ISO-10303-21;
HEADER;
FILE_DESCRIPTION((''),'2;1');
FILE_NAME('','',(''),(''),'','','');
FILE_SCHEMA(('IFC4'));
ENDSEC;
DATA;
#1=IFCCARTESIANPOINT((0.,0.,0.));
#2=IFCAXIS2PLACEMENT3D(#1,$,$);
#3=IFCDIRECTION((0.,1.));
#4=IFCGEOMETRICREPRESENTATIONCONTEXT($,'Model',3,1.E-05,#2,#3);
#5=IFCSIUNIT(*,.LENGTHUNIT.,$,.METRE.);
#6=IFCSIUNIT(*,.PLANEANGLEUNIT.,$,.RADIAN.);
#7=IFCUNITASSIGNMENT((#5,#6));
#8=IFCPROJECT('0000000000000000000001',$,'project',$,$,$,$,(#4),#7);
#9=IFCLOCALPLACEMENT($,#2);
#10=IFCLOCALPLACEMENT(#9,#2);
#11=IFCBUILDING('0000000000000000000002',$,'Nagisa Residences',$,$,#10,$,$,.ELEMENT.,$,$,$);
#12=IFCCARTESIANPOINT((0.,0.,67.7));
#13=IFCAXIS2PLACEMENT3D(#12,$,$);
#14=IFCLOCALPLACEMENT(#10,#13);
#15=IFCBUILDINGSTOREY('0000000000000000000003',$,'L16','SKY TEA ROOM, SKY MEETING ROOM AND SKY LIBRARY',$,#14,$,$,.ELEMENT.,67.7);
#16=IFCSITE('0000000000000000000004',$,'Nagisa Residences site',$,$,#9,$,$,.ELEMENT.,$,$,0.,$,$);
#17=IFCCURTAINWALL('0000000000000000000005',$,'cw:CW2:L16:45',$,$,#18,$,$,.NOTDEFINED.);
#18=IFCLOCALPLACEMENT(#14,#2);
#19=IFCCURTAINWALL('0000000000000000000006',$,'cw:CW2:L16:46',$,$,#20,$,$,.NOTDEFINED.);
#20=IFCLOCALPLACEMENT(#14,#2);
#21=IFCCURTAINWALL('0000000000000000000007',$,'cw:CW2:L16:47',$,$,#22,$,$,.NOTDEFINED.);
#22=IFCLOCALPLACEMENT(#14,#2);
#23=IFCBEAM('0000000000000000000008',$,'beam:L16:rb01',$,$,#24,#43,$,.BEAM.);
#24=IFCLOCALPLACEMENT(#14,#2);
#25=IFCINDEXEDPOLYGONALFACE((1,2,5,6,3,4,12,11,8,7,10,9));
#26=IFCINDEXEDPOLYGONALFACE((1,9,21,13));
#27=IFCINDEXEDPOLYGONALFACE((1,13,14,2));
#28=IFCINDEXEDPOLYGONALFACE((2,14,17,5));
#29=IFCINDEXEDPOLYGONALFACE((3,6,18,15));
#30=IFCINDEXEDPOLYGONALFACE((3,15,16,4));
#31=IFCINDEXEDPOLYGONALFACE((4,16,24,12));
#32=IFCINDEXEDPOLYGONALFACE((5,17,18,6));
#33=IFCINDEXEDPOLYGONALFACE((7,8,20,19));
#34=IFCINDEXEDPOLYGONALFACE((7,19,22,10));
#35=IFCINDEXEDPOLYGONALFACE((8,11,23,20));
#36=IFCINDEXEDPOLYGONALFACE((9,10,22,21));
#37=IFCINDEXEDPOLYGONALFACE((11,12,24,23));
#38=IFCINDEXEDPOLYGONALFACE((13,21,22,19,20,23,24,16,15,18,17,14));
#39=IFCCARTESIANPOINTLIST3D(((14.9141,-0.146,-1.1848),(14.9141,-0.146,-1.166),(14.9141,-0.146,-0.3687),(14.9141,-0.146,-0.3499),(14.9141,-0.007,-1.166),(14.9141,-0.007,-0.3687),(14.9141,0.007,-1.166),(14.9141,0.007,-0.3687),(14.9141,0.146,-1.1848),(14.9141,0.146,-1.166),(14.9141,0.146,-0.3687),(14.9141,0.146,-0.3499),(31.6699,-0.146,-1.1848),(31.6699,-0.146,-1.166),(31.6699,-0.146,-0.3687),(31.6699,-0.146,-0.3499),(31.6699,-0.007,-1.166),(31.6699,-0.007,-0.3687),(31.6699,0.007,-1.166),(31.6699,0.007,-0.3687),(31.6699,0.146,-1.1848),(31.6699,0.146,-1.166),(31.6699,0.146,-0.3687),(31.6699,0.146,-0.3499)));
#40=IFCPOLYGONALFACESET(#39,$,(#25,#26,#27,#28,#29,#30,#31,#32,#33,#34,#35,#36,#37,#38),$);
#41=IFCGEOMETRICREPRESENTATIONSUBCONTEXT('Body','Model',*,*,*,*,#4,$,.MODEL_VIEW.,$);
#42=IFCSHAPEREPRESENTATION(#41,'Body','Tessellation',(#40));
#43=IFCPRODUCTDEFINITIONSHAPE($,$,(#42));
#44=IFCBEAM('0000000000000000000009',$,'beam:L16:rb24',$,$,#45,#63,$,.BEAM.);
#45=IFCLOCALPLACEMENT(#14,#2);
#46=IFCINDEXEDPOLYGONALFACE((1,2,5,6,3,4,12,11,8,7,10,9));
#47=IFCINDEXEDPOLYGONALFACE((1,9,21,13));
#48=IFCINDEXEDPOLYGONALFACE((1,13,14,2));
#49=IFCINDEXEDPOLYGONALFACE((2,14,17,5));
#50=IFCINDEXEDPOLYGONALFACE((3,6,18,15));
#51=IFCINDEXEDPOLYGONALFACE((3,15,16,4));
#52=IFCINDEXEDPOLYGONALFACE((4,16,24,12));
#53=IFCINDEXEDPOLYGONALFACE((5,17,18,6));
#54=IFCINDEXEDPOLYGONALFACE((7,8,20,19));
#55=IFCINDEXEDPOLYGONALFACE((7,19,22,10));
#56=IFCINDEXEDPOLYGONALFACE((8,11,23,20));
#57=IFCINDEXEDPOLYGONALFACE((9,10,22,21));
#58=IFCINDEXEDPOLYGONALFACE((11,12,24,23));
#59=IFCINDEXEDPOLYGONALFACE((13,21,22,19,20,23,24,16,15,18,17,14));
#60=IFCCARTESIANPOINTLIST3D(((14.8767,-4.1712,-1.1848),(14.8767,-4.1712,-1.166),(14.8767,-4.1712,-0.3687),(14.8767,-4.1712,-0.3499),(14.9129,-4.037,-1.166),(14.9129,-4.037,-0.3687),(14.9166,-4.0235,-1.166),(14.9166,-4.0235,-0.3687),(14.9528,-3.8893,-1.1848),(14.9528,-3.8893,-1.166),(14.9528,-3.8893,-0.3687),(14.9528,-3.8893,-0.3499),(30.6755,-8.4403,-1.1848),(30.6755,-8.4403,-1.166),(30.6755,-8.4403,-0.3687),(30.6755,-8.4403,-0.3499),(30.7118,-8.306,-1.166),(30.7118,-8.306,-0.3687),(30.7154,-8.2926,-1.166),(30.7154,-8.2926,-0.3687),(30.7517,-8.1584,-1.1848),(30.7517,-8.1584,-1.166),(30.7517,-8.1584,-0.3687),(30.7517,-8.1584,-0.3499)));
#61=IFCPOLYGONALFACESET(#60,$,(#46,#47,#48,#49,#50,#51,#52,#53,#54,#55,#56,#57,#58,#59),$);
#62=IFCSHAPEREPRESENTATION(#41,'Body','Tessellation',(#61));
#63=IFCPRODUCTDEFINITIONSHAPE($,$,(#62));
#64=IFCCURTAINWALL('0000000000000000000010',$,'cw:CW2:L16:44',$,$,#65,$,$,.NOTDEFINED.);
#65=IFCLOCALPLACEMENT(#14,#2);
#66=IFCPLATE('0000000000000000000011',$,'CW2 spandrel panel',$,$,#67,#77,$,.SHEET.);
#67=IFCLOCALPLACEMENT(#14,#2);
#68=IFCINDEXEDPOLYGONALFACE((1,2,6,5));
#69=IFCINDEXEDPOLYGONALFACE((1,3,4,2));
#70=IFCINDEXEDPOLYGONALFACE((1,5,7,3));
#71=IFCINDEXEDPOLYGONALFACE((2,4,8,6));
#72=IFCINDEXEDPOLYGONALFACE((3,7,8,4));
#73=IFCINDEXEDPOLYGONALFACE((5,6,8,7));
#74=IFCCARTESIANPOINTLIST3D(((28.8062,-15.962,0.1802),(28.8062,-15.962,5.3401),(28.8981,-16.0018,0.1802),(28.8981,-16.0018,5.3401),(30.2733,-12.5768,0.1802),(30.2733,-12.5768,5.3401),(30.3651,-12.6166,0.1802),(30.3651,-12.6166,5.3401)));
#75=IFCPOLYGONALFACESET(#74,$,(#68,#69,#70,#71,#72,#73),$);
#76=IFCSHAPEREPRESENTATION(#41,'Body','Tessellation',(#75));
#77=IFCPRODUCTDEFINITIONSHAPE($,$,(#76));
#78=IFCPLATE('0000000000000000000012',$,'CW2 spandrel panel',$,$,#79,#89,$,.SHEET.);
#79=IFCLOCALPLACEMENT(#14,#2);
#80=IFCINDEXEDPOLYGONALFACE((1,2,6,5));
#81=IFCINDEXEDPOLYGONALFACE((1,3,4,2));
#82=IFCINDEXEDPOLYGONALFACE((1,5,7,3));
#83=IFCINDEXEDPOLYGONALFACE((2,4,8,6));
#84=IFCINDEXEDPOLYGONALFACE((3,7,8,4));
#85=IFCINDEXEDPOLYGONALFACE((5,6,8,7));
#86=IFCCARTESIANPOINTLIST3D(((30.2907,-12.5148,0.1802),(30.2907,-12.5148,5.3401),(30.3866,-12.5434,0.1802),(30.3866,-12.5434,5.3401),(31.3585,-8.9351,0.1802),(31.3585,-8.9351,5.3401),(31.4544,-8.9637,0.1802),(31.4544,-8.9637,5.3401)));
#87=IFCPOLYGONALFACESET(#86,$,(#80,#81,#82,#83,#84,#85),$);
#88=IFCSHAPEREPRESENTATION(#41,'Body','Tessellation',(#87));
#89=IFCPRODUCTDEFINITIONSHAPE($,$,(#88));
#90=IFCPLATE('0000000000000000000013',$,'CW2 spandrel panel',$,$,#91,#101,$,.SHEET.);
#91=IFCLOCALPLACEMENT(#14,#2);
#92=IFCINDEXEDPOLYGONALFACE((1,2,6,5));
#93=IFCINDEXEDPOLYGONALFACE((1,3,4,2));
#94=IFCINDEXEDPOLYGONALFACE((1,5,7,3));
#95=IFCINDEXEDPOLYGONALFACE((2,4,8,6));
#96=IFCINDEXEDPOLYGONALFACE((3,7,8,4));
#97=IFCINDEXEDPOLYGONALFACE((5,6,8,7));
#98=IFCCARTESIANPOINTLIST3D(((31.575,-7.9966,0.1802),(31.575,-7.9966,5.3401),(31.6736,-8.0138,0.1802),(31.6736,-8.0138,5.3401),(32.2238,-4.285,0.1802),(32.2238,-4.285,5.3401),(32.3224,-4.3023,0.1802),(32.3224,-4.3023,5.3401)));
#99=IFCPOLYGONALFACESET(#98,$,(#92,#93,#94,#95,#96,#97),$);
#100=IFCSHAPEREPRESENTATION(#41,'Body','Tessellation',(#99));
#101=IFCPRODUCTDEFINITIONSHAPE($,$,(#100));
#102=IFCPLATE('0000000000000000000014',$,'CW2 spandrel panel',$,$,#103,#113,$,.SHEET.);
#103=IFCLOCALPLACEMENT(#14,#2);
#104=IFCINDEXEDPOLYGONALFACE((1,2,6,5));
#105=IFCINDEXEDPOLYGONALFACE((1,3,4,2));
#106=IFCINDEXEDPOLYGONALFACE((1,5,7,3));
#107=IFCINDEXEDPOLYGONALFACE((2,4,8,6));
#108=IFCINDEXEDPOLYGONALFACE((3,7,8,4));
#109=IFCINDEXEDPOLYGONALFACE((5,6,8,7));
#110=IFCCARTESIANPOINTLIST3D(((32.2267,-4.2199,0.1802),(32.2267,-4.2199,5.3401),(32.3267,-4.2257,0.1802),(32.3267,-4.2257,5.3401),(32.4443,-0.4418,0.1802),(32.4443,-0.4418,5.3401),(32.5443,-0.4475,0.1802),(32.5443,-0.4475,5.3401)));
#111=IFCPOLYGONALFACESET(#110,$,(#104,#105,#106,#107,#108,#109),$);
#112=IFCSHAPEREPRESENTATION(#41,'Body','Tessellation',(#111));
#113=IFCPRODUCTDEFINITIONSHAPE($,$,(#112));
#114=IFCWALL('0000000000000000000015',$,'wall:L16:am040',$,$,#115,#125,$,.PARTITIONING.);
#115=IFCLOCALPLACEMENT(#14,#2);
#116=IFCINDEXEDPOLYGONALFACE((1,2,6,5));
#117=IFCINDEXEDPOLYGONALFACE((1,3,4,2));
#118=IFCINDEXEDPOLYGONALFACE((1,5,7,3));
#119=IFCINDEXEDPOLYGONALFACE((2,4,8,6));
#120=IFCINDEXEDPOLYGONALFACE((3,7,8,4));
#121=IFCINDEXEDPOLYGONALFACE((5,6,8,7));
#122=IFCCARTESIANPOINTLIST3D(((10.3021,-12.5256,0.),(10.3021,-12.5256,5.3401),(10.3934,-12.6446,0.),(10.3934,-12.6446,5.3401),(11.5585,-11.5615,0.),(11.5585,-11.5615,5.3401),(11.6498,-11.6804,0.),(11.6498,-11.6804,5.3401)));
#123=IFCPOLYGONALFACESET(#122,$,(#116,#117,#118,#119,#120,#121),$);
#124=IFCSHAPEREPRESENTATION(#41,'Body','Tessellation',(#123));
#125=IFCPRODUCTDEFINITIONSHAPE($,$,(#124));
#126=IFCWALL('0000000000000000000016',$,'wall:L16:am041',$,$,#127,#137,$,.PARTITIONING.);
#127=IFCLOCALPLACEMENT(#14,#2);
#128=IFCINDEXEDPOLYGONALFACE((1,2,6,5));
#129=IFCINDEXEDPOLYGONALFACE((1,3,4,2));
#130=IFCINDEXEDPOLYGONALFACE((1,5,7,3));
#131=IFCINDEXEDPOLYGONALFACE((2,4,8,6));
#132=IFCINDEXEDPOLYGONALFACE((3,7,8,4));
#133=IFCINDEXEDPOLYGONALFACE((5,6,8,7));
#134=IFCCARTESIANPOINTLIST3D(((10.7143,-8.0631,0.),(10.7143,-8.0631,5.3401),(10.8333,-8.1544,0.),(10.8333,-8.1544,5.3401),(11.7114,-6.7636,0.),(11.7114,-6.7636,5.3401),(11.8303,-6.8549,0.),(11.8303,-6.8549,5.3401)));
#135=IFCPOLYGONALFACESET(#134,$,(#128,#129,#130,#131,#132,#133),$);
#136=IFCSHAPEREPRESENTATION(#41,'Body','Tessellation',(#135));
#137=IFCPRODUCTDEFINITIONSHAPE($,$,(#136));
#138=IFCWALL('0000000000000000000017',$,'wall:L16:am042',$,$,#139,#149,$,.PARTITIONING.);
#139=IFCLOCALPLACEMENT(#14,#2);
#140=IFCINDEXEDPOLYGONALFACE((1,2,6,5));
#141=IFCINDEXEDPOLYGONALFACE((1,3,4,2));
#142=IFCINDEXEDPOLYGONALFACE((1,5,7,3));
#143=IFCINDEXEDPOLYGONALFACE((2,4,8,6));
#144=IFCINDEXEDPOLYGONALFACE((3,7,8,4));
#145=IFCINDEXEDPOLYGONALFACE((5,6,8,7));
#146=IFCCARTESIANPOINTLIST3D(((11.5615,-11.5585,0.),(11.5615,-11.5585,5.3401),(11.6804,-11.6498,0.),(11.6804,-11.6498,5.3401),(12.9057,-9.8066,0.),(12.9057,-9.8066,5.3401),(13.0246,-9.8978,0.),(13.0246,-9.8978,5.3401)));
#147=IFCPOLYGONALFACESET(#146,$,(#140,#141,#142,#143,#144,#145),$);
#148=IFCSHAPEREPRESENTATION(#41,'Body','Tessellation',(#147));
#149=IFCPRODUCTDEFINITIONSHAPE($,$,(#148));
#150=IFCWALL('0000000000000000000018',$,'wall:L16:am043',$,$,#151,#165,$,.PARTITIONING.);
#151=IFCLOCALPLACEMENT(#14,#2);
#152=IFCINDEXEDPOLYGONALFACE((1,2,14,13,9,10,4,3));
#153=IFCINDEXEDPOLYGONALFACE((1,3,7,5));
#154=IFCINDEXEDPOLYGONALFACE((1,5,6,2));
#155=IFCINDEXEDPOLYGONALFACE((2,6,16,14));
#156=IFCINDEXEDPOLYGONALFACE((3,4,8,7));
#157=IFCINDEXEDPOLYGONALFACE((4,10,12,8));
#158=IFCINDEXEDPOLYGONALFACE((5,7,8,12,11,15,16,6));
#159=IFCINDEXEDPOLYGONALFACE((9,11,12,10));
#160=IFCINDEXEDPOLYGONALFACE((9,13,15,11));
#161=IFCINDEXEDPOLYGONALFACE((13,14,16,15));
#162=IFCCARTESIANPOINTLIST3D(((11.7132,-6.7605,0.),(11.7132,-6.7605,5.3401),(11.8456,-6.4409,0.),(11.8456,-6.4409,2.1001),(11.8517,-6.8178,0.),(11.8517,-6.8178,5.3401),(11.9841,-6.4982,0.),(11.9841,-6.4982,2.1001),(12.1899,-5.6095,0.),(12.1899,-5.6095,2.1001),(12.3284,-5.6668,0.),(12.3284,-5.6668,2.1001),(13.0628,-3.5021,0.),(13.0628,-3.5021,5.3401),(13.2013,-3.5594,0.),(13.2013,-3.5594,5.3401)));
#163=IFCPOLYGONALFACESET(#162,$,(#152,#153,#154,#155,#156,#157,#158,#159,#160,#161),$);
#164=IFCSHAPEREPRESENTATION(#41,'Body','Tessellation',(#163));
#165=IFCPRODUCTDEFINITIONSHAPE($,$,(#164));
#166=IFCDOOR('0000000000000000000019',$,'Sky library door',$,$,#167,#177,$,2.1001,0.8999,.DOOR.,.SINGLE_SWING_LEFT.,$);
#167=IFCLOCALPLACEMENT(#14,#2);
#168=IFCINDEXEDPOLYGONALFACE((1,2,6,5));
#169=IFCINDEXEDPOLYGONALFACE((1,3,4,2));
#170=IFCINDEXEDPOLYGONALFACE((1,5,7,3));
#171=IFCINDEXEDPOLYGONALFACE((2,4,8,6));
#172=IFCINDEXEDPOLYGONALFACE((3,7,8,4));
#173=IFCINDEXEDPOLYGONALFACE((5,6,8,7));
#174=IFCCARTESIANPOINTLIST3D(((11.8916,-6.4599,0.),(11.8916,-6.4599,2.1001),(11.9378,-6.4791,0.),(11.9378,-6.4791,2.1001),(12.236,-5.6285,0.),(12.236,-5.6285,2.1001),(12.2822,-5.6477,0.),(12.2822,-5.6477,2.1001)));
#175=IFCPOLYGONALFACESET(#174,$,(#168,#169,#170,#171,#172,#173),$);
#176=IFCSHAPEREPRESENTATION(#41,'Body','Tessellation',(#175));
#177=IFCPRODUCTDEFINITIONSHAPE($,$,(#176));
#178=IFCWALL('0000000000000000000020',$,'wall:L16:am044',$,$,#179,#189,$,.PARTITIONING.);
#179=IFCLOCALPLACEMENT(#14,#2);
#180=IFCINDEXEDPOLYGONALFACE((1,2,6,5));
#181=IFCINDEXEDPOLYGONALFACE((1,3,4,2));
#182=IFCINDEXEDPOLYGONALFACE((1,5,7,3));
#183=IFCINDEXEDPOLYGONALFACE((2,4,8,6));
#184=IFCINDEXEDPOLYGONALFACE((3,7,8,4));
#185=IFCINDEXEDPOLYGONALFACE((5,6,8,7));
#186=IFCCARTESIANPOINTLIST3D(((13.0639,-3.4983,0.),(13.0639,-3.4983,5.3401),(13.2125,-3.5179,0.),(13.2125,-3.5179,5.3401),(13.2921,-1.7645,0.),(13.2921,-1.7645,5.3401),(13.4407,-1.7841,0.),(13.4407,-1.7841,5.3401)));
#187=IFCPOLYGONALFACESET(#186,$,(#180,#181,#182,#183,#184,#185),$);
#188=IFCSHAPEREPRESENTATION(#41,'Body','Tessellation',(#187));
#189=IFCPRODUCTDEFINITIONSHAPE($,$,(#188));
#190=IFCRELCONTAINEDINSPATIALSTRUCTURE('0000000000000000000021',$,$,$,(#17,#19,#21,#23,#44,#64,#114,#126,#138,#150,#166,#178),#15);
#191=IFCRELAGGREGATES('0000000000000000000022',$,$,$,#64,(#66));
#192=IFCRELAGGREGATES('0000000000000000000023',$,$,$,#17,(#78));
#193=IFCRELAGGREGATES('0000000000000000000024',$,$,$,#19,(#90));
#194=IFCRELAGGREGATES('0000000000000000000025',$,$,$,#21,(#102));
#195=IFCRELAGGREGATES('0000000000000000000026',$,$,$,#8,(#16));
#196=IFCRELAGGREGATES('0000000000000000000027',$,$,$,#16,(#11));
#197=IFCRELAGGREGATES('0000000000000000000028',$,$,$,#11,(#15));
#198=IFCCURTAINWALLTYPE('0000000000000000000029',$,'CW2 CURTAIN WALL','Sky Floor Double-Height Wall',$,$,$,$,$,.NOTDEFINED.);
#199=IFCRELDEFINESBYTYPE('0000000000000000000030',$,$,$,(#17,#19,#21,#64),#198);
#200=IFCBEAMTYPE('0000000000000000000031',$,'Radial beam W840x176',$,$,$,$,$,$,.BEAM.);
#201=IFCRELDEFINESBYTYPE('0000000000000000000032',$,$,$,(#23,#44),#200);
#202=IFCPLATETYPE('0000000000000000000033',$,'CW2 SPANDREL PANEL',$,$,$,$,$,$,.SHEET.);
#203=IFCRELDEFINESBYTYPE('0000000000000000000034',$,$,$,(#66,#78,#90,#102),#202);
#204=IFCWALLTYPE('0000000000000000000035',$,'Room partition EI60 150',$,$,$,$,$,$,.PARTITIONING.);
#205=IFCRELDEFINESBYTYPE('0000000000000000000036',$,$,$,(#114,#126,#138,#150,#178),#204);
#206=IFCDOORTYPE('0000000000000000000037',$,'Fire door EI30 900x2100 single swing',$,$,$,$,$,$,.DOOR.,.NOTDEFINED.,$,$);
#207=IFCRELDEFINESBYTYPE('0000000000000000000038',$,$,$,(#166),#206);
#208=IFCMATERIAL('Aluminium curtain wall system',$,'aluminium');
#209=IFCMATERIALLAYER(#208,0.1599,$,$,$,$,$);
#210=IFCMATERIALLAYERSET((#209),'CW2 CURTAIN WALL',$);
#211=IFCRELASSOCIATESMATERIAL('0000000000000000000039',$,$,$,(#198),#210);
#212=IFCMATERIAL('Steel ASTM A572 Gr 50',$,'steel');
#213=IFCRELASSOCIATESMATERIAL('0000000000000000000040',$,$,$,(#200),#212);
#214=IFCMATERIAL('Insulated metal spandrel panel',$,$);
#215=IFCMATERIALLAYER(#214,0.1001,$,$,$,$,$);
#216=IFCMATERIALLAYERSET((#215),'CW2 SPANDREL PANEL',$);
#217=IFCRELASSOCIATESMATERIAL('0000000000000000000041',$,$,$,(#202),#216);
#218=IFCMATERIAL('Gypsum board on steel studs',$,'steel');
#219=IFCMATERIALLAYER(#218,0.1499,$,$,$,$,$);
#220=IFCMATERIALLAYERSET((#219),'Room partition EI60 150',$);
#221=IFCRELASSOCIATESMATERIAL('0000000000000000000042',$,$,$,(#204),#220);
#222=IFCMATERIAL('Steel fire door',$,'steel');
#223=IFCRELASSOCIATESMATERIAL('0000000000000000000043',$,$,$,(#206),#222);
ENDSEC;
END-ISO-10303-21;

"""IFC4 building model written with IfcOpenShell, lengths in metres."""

from ifc_helpers import new_model, si_unit, direction, frame, frame_2d, origin, origin_2d, place, context, subcontext, project, spatial, rectangle, i_section, extrude, material, layer, layer_set, material_profile, profile_set, type_object, element, fill, aggregate, save


model = new_model("IFC4")

# Units and contexts
model_context = context("Model", 3, precision=1e-05, world=origin(), true_north=direction((0.0, 1.0)))
body_context = subcontext(model_context, "Body", "Model", "MODEL_VIEW")
ifc_project = project(units=[si_unit("LENGTHUNIT", "METRE"), si_unit("PLANEANGLEUNIT", "RADIAN")], contexts=[model_context])

# Site, building, storey
site_placement = place(None, origin())
site = spatial("IfcSite", under=ifc_project, at=site_placement, Name="Nagisa Residences site", CompositionType="ELEMENT", RefElevation=0.0)
building_placement = place(site_placement, origin())
building = spatial("IfcBuilding", under=site, at=building_placement, Name="Nagisa Residences", CompositionType="ELEMENT")
storey_placement = place(building_placement, frame((0.0, 0.0, 67.7)))
storey = spatial("IfcBuildingStorey", under=building, at=storey_placement, Name="L16", Description="SKY TEA ROOM, SKY MEETING ROOM AND SKY LIBRARY", CompositionType="ELEMENT", Elevation=67.7)

# Curtain walls
ifc_material_1 = material(Name="Aluminium curtain wall system", Category="aluminium")
ifc_layer_1 = layer(ifc_material_1, 0.1599)
ifc_layer_set_1 = layer_set([ifc_layer_1], Name="CW2 CURTAIN WALL")
curtain_wall_type = type_object("IfcCurtainWallType", Name="CW2 CURTAIN WALL", Description="Sky Floor Double-Height Wall", PredefinedType="NOTDEFINED", material=ifc_layer_set_1)
curtain_wall_1_placement = place(storey_placement, origin())
curtain_wall_1 = element("IfcCurtainWall", 1, at=curtain_wall_1_placement, inside=storey, type_object=curtain_wall_type, Name="cw:CW2:L16:45", PredefinedType="NOTDEFINED")
curtain_wall_2_placement = place(storey_placement, origin())
curtain_wall_2 = element("IfcCurtainWall", 2, at=curtain_wall_2_placement, inside=storey, type_object=curtain_wall_type, Name="cw:CW2:L16:46", PredefinedType="NOTDEFINED")
curtain_wall_3_placement = place(storey_placement, origin())
curtain_wall_3 = element("IfcCurtainWall", 3, at=curtain_wall_3_placement, inside=storey, type_object=curtain_wall_type, Name="cw:CW2:L16:47", PredefinedType="NOTDEFINED")

# Beams
ifc_material_2 = material(Name="Steel ASTM A572 Gr 50", Category="steel")
ifc_material_profile_1 = material_profile(ifc_material_2, i_section(OverallWidth=0.292, OverallDepth=0.835, WebThickness=0.0139, FlangeThickness=0.0188, at=origin_2d()), Name="W840x176")
ifc_profile_set_1 = profile_set([ifc_material_profile_1], Name="Steel ASTM A572 Gr 50")
beam_type_1 = type_object("IfcBeamType", Name="Radial beam W840x176", PredefinedType="BEAM", material=ifc_profile_set_1)
beam_1_placement = place(storey_placement, frame((31.6699, 0.0, -0.7673), z_axis=(-1.0, 0.0, 0.0), x_axis=(0.0, -1.0, 0.0)))
element("IfcBeam", 4, at=beam_1_placement, inside=storey, type_object=beam_type_1, Name="beam:L16:rb01", PredefinedType="BEAM", context=body_context, shape_type="SweptSolid", body=[
    extrude(i_section(OverallWidth=0.292, OverallDepth=0.835, WebThickness=0.0139, FlangeThickness=0.0188, at=origin_2d()), origin(), (0.0, 0.0, 1.0), 16.7559),
])
beam_2_placement = place(storey_placement, frame((30.7136, -8.2993, -0.7673), z_axis=(-0.965377, 0.260857, 0.0), x_axis=(-0.260857, -0.965377, 0.0)))
element("IfcBeam", 5, at=beam_2_placement, inside=storey, type_object=beam_type_1, Name="beam:L16:rb24", PredefinedType="BEAM", context=body_context, shape_type="SweptSolid", body=[
    extrude(i_section(OverallWidth=0.292, OverallDepth=0.835, WebThickness=0.0139, FlangeThickness=0.0188, at=origin_2d()), origin(), (0.0, 0.0, 1.0), 16.3655),
])

# Curtain wall, plate
curtain_wall_4_placement = place(storey_placement, origin())
curtain_wall_4 = element("IfcCurtainWall", 6, at=curtain_wall_4_placement, inside=storey, type_object=curtain_wall_type, Name="cw:CW2:L16:44", PredefinedType="NOTDEFINED")
ifc_material_3 = material(Name="Insulated metal spandrel panel")
ifc_layer_2 = layer(ifc_material_3, 0.1001)
ifc_layer_set_2 = layer_set([ifc_layer_2], Name="CW2 SPANDREL PANEL")
plate_type = type_object("IfcPlateType", Name="CW2 SPANDREL PANEL", PredefinedType="SHEET", material=ifc_layer_set_2)
plate_1_placement = place(storey_placement, frame((29.5857, -14.2893, 0.1802), z_axis=(0.0, 0.0, 1.0), x_axis=(0.397636, 0.917543, 0.0)))
plate_1 = element("IfcPlate", 7, at=plate_1_placement, type_object=plate_type, Name="CW2 spandrel panel", PredefinedType="SHEET", context=body_context, shape_type="SweptSolid", body=[
    extrude(rectangle(XDim=3.6895, YDim=0.1001, at=origin_2d()), origin(), (0.0, 0.0, 1.0), 5.1599),
])
aggregate(curtain_wall_4, [plate_1])

# Plates
plate_2_placement = place(storey_placement, frame((30.8726, -10.7393, 0.1802), z_axis=(0.0, 0.0, 1.0), x_axis=(0.28586, 0.958271, 0.0)))
plate_2 = element("IfcPlate", 8, at=plate_2_placement, type_object=plate_type, Name="CW2 spandrel panel", PredefinedType="SHEET", context=body_context, shape_type="SweptSolid", body=[
    extrude(rectangle(XDim=3.7356, YDim=0.1001, at=origin_2d()), origin(), (0.0, 0.0, 1.0), 5.1599),
])
aggregate(curtain_wall_1, [plate_2])
plate_3_placement = place(storey_placement, frame((31.9487, -6.1494, 0.1802), z_axis=(0.0, 0.0, 1.0), x_axis=(0.172191, 0.985064, 0.0)))
plate_3 = element("IfcPlate", 9, at=plate_3_placement, type_object=plate_type, Name="CW2 spandrel panel", PredefinedType="SHEET", context=body_context, shape_type="SweptSolid", body=[
    extrude(rectangle(XDim=3.7678, YDim=0.1001, at=origin_2d()), origin(), (0.0, 0.0, 1.0), 5.1599),
])
aggregate(curtain_wall_2, [plate_3])
plate_4_placement = place(storey_placement, frame((32.3855, -2.3337, 0.1802), z_axis=(0.0, 0.0, 1.0), x_axis=(0.057503, 0.998345, 0.0)))
plate_4 = element("IfcPlate", 10, at=plate_4_placement, type_object=plate_type, Name="CW2 spandrel panel", PredefinedType="SHEET", context=body_context, shape_type="SweptSolid", body=[
    extrude(rectangle(XDim=3.7844, YDim=0.1001, at=origin_2d()), origin(), (0.0, 0.0, 1.0), 5.1599),
])
aggregate(curtain_wall_3, [plate_4])

# Walls
ifc_material_4 = material(Name="Gypsum board on steel studs", Category="steel")
ifc_layer_3 = layer(ifc_material_4, 0.1499)
ifc_layer_set_3 = layer_set([ifc_layer_3], Name="Room partition EI60 150")
wall_type = type_object("IfcWallType", Name="Room partition EI60 150", PredefinedType="PARTITIONING", material=ifc_layer_set_3)
wall_1_placement = place(storey_placement, frame((11.6042, -11.6208, 0.0), z_axis=(0.0, 0.0, 1.0), x_axis=(-0.793328, -0.608794, 0.0)))
element("IfcWall", 11, at=wall_1_placement, inside=storey, type_object=wall_type, Name="wall:L16:am040", PredefinedType="PARTITIONING", context=body_context, shape_type="SweptSolid", body=[
    extrude(rectangle(XDim=1.5837, YDim=0.1499, at=frame_2d((0.792, 0.0))), origin(), (0.0, 0.0, 1.0), 5.3401),
])
wall_2_placement = place(storey_placement, frame((11.7708, -6.8093, 0.0), z_axis=(0.0, 0.0, 1.0), x_axis=(-0.608716, -0.793388, 0.0)))
element("IfcWall", 12, at=wall_2_placement, inside=storey, type_object=wall_type, Name="wall:L16:am041", PredefinedType="PARTITIONING", context=body_context, shape_type="SweptSolid", body=[
    extrude(rectangle(XDim=1.6379, YDim=0.1499, at=frame_2d((0.8188, 0.0))), origin(), (0.0, 0.0, 1.0), 5.3401),
])
wall_3_placement = place(storey_placement, frame((12.9651, -9.8523, 0.0), z_axis=(0.0, 0.0, 1.0), x_axis=(-0.608738, -0.793371, 0.0)))
element("IfcWall", 13, at=wall_3_placement, inside=storey, type_object=wall_type, Name="wall:L16:am042", PredefinedType="PARTITIONING", context=body_context, shape_type="SweptSolid", body=[
    extrude(rectangle(XDim=2.2083, YDim=0.1499, at=frame_2d((1.104, 0.0))), origin(), (0.0, 0.0, 1.0), 5.3401),
])

# Wall, opening, door
wall_4_placement = place(storey_placement, frame((13.1321, -3.5308, 0.0), z_axis=(0.0, 0.0, 1.0), x_axis=(-0.382678, -0.923882, 0.0)))
wall_4 = element("IfcWall", 14, at=wall_4_placement, inside=storey, type_object=wall_type, Name="wall:L16:am043", PredefinedType="PARTITIONING", context=body_context, shape_type="SweptSolid", body=[
    extrude(rectangle(XDim=3.5269, YDim=0.1499, at=frame_2d((1.7634, 0.0))), origin(), (0.0, 0.0, 1.0), 5.3401),
])
opening_placement = place(wall_4_placement, frame((2.281, 0.0, 0.0)))
opening = element("IfcOpeningElement", 15, at=opening_placement, cuts=wall_4, PredefinedType="OPENING", context=body_context, shape_type="SweptSolid", body=[
    extrude(rectangle(XDim=0.8999, YDim=2.1001, at=frame_2d((0.45, 1.05))), frame((0.0, 0.085, 0.0), z_axis=(0.0, -1.0, 0.0), x_axis=(1.0, 0.0, 0.0)), (0.0, 0.0, 1.0), 0.1699),
])
ifc_material_5 = material(Name="Steel fire door", Category="steel")
door_type = type_object("IfcDoorType", Name="Fire door EI30 900x2100 single swing", OperationType="NOTDEFINED", PredefinedType="DOOR", material=ifc_material_5)
door_placement = place(opening_placement, origin())
door = element("IfcDoor", 16, at=door_placement, inside=storey, type_object=door_type, Name="Sky library door", OperationType="SINGLE_SWING_LEFT", OverallHeight=2.1001, OverallWidth=0.8999, PredefinedType="DOOR", context=body_context, shape_type="SweptSolid", body=[
    extrude(rectangle(XDim=0.8999, YDim=2.1001, at=frame_2d((0.45, 1.05))), frame((0.0, 0.0249, 0.0), z_axis=(0.0, -1.0, 0.0), x_axis=(1.0, 0.0, 0.0)), (0.0, 0.0, 1.0), 0.05),
])
fill(opening, door)

# Wall
wall_5_placement = place(storey_placement, frame((13.3665, -1.7742, 0.0), z_axis=(0.0, 0.0, 1.0), x_axis=(-0.130527, -0.991445, 0.0)))
element("IfcWall", 17, at=wall_5_placement, inside=storey, type_object=wall_type, Name="wall:L16:am044", PredefinedType="PARTITIONING", context=body_context, shape_type="SweptSolid", body=[
    extrude(rectangle(XDim=1.7488, YDim=0.1499, at=frame_2d((0.8745, 0.0))), origin(), (0.0, 0.0, 1.0), 5.3401),
])

save(model, "model.ifc")
